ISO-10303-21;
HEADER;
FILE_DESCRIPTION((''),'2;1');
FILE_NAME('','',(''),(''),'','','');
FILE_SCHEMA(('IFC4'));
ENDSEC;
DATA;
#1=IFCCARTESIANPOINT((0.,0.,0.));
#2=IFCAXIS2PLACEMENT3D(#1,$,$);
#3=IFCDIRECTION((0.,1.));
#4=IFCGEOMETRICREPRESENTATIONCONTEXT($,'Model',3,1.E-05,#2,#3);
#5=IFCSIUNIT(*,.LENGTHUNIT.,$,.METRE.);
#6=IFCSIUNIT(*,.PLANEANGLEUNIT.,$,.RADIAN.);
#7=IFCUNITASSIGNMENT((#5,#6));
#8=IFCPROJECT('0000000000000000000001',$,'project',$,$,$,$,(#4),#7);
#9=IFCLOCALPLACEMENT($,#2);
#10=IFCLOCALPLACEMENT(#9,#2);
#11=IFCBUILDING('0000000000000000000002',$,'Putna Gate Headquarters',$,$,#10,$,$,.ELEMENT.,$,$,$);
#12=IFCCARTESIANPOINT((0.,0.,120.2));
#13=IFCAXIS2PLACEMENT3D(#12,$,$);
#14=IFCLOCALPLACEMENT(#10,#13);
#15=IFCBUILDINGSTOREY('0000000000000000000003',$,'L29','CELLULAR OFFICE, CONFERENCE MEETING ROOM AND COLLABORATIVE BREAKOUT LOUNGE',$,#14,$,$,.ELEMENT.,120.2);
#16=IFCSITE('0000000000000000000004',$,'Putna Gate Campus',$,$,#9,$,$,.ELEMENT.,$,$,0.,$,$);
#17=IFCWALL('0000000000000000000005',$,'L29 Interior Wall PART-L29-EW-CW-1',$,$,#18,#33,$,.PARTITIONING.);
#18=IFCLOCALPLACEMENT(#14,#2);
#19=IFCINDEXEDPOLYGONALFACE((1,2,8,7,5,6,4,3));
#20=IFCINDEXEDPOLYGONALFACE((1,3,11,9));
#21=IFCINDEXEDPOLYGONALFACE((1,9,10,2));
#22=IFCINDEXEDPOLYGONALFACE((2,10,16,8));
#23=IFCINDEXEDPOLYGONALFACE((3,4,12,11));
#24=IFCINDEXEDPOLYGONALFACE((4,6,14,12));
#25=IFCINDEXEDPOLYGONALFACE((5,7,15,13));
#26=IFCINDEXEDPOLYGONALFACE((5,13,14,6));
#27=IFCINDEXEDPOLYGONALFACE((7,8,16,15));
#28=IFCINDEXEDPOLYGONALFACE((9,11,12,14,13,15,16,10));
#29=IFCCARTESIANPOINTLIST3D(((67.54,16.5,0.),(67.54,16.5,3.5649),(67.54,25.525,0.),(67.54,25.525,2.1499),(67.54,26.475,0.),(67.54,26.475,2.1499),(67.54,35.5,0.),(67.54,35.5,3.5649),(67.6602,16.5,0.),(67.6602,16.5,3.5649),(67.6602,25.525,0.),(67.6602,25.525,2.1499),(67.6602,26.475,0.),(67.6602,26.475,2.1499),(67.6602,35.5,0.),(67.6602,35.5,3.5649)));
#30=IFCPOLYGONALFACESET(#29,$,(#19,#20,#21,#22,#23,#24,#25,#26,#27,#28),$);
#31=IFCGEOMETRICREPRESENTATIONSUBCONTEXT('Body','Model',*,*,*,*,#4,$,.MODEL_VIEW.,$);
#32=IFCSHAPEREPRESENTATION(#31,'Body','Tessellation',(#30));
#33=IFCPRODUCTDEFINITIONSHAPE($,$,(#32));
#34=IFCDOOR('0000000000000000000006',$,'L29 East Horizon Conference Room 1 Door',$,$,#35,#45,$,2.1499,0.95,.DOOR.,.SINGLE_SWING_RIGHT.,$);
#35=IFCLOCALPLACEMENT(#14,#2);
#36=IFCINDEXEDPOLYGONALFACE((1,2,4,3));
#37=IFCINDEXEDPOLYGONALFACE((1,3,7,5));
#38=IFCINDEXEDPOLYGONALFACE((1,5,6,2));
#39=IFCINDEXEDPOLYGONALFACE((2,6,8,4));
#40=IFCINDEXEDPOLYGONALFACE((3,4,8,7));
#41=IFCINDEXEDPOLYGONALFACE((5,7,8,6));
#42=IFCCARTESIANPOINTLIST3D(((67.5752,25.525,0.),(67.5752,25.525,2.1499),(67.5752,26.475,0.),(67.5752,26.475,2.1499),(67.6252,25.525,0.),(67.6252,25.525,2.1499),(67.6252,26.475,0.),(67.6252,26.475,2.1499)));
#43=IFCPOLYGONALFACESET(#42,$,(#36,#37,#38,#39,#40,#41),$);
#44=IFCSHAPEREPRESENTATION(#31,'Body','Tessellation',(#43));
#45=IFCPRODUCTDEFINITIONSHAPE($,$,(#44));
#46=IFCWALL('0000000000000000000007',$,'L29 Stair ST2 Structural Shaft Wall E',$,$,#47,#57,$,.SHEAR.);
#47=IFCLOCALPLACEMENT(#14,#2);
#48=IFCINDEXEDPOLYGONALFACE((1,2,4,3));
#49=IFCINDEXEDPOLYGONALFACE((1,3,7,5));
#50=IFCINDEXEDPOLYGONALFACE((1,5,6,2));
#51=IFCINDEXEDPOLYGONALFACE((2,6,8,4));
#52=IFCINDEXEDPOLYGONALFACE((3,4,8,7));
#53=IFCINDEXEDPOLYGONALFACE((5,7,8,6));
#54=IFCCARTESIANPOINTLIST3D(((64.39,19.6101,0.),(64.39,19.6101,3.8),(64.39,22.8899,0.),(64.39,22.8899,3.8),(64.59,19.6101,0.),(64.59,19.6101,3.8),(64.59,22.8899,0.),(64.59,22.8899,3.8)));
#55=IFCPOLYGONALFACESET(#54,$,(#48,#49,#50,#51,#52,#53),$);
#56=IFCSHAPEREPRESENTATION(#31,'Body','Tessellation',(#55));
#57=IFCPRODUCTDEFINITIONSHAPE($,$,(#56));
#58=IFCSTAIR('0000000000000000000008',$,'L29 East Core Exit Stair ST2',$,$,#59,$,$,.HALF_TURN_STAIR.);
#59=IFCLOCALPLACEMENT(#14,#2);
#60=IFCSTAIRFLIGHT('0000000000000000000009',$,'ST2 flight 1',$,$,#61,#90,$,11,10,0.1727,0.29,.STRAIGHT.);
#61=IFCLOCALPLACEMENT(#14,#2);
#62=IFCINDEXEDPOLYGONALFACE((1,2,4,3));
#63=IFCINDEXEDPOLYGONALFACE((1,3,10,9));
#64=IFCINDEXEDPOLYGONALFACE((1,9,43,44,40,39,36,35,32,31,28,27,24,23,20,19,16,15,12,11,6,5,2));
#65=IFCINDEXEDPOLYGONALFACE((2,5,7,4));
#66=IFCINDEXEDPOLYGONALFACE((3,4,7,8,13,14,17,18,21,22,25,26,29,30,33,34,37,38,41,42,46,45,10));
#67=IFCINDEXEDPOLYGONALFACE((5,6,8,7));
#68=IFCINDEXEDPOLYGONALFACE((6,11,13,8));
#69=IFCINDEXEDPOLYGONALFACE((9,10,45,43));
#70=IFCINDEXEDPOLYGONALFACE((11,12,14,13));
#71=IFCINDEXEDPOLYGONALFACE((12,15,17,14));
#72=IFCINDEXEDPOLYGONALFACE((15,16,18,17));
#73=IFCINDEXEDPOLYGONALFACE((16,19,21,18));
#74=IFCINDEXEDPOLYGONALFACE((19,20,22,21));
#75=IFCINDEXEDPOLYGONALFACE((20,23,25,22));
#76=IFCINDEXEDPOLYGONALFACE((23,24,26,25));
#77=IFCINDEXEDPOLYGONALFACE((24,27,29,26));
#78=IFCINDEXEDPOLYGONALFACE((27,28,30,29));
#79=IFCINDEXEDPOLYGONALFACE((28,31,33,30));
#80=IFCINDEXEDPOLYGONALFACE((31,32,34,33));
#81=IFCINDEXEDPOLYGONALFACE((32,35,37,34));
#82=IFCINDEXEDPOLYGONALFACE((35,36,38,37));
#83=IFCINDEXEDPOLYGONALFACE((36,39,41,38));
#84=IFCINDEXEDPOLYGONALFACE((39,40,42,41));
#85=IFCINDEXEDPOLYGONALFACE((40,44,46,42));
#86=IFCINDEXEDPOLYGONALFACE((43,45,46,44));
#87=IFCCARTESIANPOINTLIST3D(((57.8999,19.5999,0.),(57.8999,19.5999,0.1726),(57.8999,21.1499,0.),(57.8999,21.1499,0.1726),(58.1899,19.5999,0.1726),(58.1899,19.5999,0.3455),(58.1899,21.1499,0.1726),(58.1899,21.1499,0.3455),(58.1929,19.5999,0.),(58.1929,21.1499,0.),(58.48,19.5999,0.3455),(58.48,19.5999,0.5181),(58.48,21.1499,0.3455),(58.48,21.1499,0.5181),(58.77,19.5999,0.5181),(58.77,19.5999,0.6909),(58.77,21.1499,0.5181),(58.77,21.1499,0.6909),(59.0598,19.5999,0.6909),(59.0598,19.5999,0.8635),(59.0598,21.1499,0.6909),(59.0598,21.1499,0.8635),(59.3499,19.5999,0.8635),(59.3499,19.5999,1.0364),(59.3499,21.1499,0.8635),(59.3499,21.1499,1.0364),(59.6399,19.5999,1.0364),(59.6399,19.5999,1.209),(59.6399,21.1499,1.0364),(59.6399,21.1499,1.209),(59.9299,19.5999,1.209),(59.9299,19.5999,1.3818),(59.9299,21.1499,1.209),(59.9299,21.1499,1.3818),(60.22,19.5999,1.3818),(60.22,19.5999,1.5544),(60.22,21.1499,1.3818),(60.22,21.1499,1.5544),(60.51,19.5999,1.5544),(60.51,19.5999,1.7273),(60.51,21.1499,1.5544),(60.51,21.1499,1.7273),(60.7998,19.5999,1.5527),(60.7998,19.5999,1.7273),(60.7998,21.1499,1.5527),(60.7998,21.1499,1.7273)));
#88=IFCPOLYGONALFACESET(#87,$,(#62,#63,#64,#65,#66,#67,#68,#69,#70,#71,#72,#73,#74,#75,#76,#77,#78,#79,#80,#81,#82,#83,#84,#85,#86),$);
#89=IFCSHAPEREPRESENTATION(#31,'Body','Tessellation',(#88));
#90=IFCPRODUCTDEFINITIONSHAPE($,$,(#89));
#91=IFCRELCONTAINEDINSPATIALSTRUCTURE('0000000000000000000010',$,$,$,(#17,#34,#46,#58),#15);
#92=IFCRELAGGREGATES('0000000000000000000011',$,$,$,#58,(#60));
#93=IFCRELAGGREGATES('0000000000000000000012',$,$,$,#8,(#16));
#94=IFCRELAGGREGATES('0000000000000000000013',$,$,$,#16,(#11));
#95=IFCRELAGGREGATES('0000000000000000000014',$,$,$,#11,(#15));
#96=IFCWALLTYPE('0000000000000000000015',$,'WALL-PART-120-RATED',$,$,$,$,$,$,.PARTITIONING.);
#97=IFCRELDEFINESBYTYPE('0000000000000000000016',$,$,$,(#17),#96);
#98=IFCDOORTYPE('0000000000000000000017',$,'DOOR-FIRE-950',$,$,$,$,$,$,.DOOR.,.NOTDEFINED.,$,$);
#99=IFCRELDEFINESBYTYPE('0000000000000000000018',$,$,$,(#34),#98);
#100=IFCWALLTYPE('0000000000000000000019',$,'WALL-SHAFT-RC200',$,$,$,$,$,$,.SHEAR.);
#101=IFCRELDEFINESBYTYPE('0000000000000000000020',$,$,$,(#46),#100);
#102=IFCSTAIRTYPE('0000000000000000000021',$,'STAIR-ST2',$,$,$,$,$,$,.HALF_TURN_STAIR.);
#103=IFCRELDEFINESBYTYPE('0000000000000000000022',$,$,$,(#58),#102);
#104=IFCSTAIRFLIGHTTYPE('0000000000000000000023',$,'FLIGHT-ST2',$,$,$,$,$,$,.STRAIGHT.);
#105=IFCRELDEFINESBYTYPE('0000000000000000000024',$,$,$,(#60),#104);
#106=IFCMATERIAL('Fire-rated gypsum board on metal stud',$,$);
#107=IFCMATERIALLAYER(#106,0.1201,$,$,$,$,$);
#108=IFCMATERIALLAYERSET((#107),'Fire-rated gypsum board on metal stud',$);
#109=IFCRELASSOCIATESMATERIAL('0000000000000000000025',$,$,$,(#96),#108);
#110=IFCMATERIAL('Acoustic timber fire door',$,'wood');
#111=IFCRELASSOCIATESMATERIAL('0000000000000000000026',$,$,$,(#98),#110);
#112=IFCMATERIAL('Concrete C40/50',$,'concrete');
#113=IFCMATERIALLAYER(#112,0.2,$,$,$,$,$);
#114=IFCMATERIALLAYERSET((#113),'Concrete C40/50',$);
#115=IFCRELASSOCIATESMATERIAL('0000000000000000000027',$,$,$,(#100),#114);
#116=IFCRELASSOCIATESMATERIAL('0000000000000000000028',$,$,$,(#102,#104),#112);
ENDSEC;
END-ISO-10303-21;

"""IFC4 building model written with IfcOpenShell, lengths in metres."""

from ifc_helpers import new_model, si_unit, direction, frame, frame_2d, origin, place, context, subcontext, project, spatial, polyline, rectangle, outline, extrude, material, layer, layer_set, type_object, element, fill, aggregate, save


model = new_model("IFC4")

# Units and contexts
model_context = context("Model", 3, precision=1e-05, world=origin(), true_north=direction((0.0, 1.0)))
body_context = subcontext(model_context, "Body", "Model", "MODEL_VIEW")
ifc_project = project(units=[si_unit("LENGTHUNIT", "METRE"), si_unit("PLANEANGLEUNIT", "RADIAN")], contexts=[model_context])

# Site, building, storey
site_placement = place(None, origin())
site = spatial("IfcSite", under=ifc_project, at=site_placement, Name="Putna Gate Campus", CompositionType="ELEMENT", RefElevation=0.0)
building_placement = place(site_placement, origin())
building = spatial("IfcBuilding", under=site, at=building_placement, Name="Putna Gate Headquarters", CompositionType="ELEMENT")
storey_placement = place(building_placement, frame((0.0, 0.0, 120.2)))
storey = spatial("IfcBuildingStorey", under=building, at=storey_placement, Name="L29", Description="CELLULAR OFFICE, CONFERENCE MEETING ROOM AND COLLABORATIVE BREAKOUT LOUNGE", CompositionType="ELEMENT", Elevation=120.2)

# Wall, opening, door
ifc_material_1 = material(Name="Fire-rated gypsum board on metal stud")
ifc_layer_1 = layer(ifc_material_1, 0.1201)
ifc_layer_set_1 = layer_set([ifc_layer_1], Name="Fire-rated gypsum board on metal stud")
wall_type_1 = type_object("IfcWallType", Name="WALL-PART-120-RATED", PredefinedType="PARTITIONING", material=ifc_layer_set_1)
ifc_material_2 = material(Name="Acoustic timber fire door", Category="wood")
door_type_1 = type_object("IfcDoorType", Name="DOOR-FIRE-950", OperationType="NOTDEFINED", PredefinedType="DOOR", material=ifc_material_2)
wall_1_placement = place(storey_placement, frame((67.6001, 16.5, 0.0), z_axis=(0.0, 0.0, 1.0), x_axis=(0.0, 1.0, 0.0)))
wall_1 = element("IfcWall", 1, at=wall_1_placement, inside=storey, type_object=wall_type_1, Name="L29 Interior Wall PART-L29-EW-CW-1", PredefinedType="PARTITIONING", context=body_context, shape_type="SweptSolid", body=[
    extrude(rectangle(XDim=19.0, YDim=0.1201, at=frame_2d((9.5, 0.0))), origin(), (0.0, 0.0, 1.0), 3.5649),
])
opening_1_placement = place(wall_1_placement, frame((9.0249, 0.0, 0.0)))
opening_1 = element("IfcOpeningElement", 2, at=opening_1_placement, cuts=wall_1, PredefinedType="OPENING", context=body_context, shape_type="SweptSolid", body=[
    extrude(rectangle(XDim=0.95, YDim=2.1499, at=frame_2d((0.4751, 1.075))), frame((0.0, 0.0701, 0.0), z_axis=(0.0, -1.0, 0.0), x_axis=(1.0, 0.0, 0.0)), (0.0, 0.0, 1.0), 0.1401),
])
door_1_placement = place(opening_1_placement, origin())
door_1 = element("IfcDoor", 3, at=door_1_placement, inside=storey, type_object=door_type_1, Name="L29 East Horizon Conference Room 1 Door", OperationType="SINGLE_SWING_RIGHT", OverallHeight=2.1499, OverallWidth=0.95, PredefinedType="DOOR", context=body_context, shape_type="SweptSolid", body=[
    extrude(rectangle(XDim=0.95, YDim=2.1499, at=frame_2d((0.4751, 1.075))), frame((0.0, 0.0249, 0.0), z_axis=(0.0, -1.0, 0.0), x_axis=(1.0, 0.0, 0.0)), (0.0, 0.0, 1.0), 0.05),
])
fill(opening_1, door_1)

# Wall
ifc_material_3 = material(Name="Concrete C40/50", Category="concrete")
ifc_layer_2 = layer(ifc_material_3, 0.2)
ifc_layer_set_2 = layer_set([ifc_layer_2], Name="Concrete C40/50")
wall_type_2 = type_object("IfcWallType", Name="WALL-SHAFT-RC200", PredefinedType="SHEAR", material=ifc_layer_set_2)
wall_2_placement = place(storey_placement, frame((64.49, 19.6101, 0.0), z_axis=(0.0, 0.0, 1.0), x_axis=(0.0, 1.0, 0.0)))
element("IfcWall", 4, at=wall_2_placement, inside=storey, type_object=wall_type_2, Name="L29 Stair ST2 Structural Shaft Wall E", PredefinedType="SHEAR", context=body_context, shape_type="SweptSolid", body=[
    extrude(rectangle(XDim=3.2798, YDim=0.2, at=frame_2d((1.6399, 0.0))), origin(), (0.0, 0.0, 1.0), 3.8),
])

# Stair, stair flight
stair_type = type_object("IfcStairType", Name="STAIR-ST2", PredefinedType="HALF_TURN_STAIR", material=ifc_material_3)
stair_placement = place(storey_placement, origin())
stair = element("IfcStair", 5, at=stair_placement, inside=storey, type_object=stair_type, Name="L29 East Core Exit Stair ST2", PredefinedType="HALF_TURN_STAIR")
stair_flight_type = type_object("IfcStairFlightType", Name="FLIGHT-ST2", PredefinedType="STRAIGHT", material=ifc_material_3)
stair_flight_placement = place(storey_placement, frame((57.8999, 20.375, 0.0), z_axis=(0.0, 0.0, 1.0), x_axis=(1.0, 0.0, 0.0)))
stair_flight = element("IfcStairFlight", 6, at=stair_flight_placement, type_object=stair_flight_type, Name="ST2 flight 1", NumberOfRisers=11, NumberOfTreads=10, PredefinedType="STRAIGHT", RiserHeight=0.1727, TreadLength=0.29, context=body_context, shape_type="SweptSolid", body=[
    extrude(outline(polyline([(0.0, 0.0), (0.0, 0.1726), (0.29, 0.1726), (0.29, 0.3455), (0.5801, 0.3455), (0.5801, 0.5181), (0.8701, 0.5181), (0.8701, 0.6909), (1.1599, 0.6909), (1.1599, 0.8635), (1.45, 0.8635), (1.45, 1.0364), (1.74, 1.0364), (1.74, 1.209), (2.03, 1.209), (2.03, 1.3818), (2.3201, 1.3818), (2.3201, 1.5544), (2.6101, 1.5544), (2.6101, 1.7273), (2.8999, 1.7273), (2.8999, 1.8999), (2.8999, 1.5527), (0.293, 0.0), (0.0, 0.0)])), frame((0.0, 0.7749, 0.0), z_axis=(0.0, -1.0, 0.0), x_axis=(1.0, 0.0, 0.0)), (0.0, 0.0, 1.0), 1.55),
])
aggregate(stair, [stair_flight])

save(model, "model.ifc")
